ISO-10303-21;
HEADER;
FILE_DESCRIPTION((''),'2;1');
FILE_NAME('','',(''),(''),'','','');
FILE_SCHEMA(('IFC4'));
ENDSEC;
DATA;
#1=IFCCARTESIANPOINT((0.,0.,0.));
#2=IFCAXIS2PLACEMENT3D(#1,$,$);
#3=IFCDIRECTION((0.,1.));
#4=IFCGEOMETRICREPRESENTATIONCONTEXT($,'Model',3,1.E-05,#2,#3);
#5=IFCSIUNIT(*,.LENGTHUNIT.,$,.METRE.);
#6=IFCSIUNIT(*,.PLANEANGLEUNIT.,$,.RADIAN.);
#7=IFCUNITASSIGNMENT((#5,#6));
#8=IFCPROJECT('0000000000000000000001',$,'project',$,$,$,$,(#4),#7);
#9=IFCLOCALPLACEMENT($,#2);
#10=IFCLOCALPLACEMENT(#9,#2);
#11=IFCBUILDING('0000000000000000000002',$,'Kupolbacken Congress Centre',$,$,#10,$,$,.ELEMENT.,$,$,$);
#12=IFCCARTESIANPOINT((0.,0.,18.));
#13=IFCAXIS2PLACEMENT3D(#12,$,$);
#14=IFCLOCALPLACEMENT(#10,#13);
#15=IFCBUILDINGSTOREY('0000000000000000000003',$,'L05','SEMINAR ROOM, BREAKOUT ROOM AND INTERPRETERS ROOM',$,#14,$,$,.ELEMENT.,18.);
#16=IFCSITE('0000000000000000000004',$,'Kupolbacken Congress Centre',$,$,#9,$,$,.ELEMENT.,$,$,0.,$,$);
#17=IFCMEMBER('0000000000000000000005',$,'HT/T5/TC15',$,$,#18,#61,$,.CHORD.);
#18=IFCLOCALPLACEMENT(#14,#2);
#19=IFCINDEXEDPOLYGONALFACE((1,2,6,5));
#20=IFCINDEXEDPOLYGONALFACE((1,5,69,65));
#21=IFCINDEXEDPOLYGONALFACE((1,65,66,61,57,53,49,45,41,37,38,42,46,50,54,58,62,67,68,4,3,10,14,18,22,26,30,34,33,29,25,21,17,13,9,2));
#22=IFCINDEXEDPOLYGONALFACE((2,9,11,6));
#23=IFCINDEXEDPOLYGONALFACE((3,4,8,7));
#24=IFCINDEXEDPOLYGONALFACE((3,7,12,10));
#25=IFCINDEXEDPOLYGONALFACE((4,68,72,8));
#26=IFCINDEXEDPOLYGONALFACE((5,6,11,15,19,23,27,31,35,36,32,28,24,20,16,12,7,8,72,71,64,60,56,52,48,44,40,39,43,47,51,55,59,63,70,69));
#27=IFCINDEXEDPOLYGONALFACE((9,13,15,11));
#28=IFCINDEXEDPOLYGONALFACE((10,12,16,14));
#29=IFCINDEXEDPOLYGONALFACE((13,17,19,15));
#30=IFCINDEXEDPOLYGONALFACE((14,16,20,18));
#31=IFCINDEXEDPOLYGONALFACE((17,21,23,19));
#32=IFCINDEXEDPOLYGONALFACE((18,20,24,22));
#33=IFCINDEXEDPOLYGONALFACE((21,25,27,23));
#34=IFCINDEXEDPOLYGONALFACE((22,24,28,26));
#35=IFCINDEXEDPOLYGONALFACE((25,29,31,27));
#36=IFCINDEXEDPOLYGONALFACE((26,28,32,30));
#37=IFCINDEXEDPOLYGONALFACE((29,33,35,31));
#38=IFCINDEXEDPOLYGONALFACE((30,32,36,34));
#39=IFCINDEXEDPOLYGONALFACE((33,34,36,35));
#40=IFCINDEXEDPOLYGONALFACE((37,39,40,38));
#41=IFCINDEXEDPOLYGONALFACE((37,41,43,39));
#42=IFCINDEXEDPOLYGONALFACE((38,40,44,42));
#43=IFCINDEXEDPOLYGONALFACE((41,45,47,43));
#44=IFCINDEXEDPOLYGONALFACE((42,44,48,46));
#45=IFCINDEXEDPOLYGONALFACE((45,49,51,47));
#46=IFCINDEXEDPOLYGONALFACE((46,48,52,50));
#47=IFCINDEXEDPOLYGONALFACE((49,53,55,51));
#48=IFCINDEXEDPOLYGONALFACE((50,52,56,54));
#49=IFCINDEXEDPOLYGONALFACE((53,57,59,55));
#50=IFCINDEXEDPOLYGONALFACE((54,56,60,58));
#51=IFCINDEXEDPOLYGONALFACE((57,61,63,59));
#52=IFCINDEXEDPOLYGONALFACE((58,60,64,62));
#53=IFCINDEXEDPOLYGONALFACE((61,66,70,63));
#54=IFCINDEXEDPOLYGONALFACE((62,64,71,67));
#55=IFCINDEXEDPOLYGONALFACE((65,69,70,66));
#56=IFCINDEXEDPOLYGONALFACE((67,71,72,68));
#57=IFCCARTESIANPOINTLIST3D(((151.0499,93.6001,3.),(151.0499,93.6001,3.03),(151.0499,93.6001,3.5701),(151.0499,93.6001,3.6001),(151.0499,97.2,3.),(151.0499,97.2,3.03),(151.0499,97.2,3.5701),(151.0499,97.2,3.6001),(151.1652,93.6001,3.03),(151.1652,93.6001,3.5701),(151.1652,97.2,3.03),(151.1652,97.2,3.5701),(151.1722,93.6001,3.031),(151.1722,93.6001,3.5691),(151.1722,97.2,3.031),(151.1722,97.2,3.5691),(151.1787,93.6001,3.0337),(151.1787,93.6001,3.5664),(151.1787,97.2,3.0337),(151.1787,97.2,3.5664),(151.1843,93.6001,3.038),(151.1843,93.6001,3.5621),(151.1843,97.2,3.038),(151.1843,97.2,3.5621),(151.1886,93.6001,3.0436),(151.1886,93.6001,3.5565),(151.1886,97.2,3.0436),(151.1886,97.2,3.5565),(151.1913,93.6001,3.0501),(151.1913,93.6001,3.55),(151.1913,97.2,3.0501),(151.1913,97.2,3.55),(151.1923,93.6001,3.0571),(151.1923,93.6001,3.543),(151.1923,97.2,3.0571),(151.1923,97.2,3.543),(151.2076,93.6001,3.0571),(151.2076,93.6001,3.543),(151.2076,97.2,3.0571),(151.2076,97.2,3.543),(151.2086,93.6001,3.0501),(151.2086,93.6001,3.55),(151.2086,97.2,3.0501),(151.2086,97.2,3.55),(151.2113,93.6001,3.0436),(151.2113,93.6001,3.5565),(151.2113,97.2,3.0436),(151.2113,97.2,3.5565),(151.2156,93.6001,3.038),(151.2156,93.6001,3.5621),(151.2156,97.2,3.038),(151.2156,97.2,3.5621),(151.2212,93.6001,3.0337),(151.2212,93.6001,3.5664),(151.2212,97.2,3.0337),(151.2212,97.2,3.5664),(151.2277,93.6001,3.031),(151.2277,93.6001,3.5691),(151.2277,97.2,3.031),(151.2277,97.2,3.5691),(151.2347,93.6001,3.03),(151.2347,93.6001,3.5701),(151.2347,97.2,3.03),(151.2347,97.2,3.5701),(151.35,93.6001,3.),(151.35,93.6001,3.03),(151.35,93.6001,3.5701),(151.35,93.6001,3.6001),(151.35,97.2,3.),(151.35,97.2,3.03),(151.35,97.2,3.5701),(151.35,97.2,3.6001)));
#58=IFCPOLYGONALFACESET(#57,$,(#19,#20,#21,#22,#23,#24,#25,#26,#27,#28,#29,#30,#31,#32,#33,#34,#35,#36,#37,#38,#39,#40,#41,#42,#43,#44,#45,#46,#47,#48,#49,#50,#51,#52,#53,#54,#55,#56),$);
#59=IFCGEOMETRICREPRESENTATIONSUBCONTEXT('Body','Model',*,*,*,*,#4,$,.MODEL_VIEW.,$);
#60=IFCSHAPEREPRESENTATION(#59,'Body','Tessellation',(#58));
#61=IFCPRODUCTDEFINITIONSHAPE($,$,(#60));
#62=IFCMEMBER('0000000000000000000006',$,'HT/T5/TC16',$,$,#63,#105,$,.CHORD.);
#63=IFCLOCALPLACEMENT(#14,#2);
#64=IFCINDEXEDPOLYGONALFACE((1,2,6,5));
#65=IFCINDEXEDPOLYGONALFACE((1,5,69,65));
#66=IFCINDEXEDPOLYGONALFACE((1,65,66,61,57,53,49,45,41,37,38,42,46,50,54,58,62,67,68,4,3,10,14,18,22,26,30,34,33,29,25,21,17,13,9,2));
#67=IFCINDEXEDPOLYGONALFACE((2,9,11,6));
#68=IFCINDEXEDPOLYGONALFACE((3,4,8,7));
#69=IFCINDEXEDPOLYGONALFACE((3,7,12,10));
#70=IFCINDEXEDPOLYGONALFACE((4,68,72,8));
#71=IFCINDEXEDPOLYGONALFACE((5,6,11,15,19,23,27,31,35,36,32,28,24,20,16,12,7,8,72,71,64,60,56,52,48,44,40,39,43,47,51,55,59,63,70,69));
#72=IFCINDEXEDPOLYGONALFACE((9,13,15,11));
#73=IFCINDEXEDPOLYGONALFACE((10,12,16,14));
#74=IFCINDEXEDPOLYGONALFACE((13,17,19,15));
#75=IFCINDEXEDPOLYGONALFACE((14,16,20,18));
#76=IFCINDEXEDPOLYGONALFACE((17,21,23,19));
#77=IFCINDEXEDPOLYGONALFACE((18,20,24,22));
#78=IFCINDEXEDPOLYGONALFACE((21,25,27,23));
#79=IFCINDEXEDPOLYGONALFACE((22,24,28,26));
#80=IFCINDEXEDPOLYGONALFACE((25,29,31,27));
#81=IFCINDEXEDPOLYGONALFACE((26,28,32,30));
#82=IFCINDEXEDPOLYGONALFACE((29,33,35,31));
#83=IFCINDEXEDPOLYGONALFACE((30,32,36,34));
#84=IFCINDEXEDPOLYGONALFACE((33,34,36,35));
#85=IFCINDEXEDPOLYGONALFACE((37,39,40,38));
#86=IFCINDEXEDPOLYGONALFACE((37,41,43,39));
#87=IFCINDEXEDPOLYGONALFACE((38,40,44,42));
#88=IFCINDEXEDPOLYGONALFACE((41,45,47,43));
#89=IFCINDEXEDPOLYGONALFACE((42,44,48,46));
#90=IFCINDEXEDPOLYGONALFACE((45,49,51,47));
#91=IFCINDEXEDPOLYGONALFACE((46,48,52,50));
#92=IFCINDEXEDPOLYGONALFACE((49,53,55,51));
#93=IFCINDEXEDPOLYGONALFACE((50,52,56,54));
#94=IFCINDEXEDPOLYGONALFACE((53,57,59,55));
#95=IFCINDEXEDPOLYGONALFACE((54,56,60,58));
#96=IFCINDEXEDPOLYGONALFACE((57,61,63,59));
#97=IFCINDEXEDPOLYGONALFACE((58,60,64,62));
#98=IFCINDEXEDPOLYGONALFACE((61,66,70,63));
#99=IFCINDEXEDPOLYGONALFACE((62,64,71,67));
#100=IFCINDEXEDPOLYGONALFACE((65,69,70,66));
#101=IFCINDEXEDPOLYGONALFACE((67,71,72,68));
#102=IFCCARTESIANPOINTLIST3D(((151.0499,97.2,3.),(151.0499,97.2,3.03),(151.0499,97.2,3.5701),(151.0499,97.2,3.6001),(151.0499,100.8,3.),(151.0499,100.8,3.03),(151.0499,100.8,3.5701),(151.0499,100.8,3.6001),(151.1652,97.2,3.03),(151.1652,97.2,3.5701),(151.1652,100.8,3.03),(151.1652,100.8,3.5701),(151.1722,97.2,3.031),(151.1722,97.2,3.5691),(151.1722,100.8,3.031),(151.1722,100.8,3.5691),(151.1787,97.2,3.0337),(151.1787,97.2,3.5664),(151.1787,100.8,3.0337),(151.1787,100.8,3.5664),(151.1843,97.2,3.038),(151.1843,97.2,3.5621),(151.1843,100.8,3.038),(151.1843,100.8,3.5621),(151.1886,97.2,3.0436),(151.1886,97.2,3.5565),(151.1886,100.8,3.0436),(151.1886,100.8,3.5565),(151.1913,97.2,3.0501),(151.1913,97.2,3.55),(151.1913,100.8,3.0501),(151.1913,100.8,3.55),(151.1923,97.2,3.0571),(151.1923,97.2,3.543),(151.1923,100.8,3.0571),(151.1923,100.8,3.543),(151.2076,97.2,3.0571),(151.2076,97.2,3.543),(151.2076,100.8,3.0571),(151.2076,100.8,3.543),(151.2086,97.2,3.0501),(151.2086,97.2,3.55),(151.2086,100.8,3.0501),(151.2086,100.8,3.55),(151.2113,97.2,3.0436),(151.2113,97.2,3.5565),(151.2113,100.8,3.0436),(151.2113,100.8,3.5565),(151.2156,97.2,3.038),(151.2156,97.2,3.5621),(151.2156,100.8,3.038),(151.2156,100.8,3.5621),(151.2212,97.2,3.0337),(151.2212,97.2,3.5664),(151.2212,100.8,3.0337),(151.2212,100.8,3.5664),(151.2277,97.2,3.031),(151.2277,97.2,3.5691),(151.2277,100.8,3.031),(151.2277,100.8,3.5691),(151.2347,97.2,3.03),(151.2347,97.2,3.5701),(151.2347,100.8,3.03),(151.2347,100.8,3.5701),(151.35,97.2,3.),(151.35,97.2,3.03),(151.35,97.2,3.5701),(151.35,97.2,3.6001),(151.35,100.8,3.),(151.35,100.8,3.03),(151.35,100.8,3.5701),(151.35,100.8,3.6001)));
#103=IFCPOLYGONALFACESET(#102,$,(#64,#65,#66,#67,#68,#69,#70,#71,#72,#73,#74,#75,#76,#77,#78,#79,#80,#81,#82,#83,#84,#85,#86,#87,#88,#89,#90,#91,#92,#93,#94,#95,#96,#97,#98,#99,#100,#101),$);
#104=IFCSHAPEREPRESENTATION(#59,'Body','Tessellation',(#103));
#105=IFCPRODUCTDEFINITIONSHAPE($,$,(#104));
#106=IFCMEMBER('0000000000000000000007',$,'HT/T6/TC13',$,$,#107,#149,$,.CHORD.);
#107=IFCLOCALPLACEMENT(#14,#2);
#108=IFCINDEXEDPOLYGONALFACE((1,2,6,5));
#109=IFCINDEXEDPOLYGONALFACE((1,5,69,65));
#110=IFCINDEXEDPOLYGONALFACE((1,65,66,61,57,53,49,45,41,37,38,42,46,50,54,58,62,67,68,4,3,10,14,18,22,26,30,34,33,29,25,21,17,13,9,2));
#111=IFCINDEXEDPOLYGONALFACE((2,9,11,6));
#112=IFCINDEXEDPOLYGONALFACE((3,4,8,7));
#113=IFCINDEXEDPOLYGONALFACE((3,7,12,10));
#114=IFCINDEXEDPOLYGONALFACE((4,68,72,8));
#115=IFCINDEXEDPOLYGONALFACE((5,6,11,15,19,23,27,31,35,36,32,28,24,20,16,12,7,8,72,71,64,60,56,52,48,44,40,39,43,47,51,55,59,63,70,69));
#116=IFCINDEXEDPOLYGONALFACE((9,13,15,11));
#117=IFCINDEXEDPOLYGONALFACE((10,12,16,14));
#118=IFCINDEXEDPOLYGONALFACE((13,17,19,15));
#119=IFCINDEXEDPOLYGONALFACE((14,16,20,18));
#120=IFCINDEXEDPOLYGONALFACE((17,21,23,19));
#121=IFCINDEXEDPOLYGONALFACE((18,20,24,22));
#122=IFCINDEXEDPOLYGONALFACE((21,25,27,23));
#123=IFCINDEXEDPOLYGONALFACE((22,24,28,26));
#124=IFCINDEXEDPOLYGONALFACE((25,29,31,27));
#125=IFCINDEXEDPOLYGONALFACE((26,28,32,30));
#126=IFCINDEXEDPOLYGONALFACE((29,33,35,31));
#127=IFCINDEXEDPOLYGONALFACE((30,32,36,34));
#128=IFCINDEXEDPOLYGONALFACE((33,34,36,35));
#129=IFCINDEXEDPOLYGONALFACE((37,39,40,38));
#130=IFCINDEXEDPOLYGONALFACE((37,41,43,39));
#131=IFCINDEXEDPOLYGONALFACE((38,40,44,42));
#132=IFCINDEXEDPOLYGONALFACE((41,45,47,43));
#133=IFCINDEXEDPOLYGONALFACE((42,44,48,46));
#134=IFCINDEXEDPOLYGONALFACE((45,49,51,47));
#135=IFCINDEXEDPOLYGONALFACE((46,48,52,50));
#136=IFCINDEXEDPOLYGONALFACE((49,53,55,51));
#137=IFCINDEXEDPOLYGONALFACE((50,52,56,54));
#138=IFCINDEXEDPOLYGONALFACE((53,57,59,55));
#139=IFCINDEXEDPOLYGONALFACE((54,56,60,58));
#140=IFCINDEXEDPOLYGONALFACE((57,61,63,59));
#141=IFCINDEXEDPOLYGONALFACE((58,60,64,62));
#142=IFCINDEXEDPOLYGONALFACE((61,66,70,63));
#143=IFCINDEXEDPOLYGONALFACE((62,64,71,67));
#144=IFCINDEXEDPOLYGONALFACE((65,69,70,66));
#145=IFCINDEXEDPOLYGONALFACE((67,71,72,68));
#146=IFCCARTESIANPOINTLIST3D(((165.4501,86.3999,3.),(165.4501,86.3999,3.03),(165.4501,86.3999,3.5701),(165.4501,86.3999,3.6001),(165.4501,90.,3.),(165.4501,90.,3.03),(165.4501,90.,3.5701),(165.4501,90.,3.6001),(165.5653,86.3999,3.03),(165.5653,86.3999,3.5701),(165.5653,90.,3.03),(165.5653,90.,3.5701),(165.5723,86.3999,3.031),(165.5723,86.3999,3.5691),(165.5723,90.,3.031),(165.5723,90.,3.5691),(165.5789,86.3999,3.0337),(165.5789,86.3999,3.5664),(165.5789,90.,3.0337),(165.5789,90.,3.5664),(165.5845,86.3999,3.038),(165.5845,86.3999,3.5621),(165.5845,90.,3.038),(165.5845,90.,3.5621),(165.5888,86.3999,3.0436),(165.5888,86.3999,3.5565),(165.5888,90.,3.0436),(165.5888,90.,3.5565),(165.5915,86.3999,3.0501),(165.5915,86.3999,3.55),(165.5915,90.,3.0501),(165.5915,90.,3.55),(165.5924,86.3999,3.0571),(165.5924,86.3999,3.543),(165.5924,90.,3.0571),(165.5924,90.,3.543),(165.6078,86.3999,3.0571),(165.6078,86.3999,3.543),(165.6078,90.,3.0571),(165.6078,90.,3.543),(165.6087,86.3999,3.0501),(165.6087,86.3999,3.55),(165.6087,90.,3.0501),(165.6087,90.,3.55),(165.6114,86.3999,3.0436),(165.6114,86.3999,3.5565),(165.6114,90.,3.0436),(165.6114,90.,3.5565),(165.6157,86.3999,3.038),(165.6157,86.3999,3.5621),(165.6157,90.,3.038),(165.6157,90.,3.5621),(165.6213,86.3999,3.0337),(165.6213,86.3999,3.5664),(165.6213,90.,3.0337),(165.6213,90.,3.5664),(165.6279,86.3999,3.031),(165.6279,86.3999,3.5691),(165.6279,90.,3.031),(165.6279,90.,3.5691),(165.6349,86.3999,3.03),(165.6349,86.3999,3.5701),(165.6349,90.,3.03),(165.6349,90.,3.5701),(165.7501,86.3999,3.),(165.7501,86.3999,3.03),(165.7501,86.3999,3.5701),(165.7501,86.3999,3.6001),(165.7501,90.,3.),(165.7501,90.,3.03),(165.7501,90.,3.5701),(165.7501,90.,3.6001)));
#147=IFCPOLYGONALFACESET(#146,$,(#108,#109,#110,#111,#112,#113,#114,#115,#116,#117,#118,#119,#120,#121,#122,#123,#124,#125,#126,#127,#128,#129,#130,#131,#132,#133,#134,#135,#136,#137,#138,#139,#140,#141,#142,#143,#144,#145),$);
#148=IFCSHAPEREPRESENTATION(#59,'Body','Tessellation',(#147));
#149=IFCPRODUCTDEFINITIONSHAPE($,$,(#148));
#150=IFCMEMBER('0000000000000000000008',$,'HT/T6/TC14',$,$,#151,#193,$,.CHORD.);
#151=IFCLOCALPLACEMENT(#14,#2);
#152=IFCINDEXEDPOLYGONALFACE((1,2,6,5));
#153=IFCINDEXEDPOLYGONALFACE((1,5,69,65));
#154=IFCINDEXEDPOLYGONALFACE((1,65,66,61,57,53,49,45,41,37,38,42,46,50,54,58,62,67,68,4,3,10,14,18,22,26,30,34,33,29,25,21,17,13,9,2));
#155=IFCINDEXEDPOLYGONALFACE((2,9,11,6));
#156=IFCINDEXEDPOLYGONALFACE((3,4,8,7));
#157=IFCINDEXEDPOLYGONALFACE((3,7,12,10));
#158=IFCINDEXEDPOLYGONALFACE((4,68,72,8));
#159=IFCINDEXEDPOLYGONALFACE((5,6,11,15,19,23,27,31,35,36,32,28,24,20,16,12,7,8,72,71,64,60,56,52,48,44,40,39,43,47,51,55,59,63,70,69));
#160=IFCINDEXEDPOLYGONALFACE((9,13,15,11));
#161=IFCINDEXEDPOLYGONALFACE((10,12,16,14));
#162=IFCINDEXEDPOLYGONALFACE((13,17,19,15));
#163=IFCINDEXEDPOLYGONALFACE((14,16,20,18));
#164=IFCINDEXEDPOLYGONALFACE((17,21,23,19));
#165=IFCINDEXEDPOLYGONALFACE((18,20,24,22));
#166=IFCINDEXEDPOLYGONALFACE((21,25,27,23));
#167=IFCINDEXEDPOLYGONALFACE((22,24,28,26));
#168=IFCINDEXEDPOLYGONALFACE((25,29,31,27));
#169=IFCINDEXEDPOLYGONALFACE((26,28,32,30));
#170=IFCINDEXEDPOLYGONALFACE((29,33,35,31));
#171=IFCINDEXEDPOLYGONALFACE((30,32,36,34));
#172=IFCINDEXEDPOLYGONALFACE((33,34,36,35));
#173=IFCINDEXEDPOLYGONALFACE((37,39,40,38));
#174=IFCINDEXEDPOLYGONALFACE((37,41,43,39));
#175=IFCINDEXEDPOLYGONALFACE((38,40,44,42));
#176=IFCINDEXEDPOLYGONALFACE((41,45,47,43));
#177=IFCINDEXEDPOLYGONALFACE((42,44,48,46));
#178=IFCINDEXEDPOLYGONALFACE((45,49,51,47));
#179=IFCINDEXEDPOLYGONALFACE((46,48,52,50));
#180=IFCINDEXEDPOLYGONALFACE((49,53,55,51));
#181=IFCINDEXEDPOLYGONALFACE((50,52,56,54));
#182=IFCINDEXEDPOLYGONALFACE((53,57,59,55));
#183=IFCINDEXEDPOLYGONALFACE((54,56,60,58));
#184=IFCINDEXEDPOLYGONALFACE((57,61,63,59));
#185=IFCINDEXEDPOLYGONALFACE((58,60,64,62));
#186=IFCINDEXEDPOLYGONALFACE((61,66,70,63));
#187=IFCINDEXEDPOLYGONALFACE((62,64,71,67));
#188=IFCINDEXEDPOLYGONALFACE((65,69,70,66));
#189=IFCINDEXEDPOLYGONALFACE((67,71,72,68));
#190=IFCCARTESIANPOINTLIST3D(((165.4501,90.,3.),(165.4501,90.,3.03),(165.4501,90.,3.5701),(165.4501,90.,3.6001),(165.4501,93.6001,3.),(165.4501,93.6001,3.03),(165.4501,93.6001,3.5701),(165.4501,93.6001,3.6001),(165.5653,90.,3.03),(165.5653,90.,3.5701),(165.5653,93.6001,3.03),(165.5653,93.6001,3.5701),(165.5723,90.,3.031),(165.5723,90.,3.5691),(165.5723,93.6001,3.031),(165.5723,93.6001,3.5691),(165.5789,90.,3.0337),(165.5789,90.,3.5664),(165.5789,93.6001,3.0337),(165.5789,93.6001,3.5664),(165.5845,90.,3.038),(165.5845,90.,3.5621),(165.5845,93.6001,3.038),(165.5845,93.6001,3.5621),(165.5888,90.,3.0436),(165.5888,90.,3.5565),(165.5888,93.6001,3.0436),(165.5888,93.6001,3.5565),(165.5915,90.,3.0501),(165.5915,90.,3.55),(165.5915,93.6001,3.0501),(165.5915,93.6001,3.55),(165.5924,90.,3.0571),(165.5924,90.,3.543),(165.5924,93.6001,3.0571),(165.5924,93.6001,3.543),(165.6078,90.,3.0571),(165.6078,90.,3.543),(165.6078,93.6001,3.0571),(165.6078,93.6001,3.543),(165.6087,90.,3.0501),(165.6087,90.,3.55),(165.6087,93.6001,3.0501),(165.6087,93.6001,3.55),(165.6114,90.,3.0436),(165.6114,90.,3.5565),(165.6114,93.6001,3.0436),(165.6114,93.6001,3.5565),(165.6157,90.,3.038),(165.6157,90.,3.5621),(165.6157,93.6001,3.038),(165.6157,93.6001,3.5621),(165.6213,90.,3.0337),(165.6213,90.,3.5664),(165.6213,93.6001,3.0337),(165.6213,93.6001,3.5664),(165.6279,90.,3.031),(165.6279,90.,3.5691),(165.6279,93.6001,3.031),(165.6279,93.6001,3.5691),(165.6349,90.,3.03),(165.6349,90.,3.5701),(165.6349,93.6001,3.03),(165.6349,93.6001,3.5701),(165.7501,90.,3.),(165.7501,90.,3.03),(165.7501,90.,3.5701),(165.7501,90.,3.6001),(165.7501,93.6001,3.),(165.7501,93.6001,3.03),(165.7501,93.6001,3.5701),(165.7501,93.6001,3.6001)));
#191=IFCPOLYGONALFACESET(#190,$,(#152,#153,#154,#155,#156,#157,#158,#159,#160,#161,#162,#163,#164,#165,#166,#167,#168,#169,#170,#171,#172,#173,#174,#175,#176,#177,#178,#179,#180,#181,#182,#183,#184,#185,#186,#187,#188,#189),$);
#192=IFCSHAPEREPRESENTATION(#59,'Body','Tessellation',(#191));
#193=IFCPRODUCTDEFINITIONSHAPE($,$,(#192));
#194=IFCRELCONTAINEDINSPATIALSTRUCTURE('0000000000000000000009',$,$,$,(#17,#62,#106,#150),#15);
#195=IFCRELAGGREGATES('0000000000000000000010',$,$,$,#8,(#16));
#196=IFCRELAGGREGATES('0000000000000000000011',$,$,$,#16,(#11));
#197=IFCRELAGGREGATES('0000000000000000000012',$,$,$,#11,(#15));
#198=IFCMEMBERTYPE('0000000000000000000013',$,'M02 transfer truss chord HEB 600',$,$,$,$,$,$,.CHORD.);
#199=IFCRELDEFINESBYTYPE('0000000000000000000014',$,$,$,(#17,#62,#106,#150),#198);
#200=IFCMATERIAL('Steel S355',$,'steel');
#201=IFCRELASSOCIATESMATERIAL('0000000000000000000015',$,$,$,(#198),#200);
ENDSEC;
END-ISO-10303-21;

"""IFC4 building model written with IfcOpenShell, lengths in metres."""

from ifc_helpers import new_model, si_unit, direction, frame, origin, origin_2d, place, context, subcontext, project, spatial, i_section, extrude, material, material_profile, profile_set, type_object, element, save


model = new_model("IFC4")

# Units and contexts
model_context = context("Model", 3, precision=1e-05, world=origin(), true_north=direction((0.0, 1.0)))
body_context = subcontext(model_context, "Body", "Model", "MODEL_VIEW")
ifc_project = project(units=[si_unit("LENGTHUNIT", "METRE"), si_unit("PLANEANGLEUNIT", "RADIAN")], contexts=[model_context])

# Site, building, storey
site_placement = place(None, origin())
site = spatial("IfcSite", under=ifc_project, at=site_placement, Name="Kupolbacken Congress Centre", CompositionType="ELEMENT", RefElevation=0.0)
building_placement = place(site_placement, origin())
building = spatial("IfcBuilding", under=site, at=building_placement, Name="Kupolbacken Congress Centre", CompositionType="ELEMENT")
storey_placement = place(building_placement, frame((0.0, 0.0, 18.0)))
storey = spatial("IfcBuildingStorey", under=building, at=storey_placement, Name="L05", Description="SEMINAR ROOM, BREAKOUT ROOM AND INTERPRETERS ROOM", CompositionType="ELEMENT", Elevation=18.0)

# Members
ifc_material_1 = material(Name="Steel S355", Category="steel")
ifc_material_profile_1 = material_profile(ifc_material_1, i_section(OverallWidth=0.3, OverallDepth=0.6001, WebThickness=0.0154, FlangeThickness=0.03, FilletRadius=0.0271, at=origin_2d()), Name="HEB 600")
ifc_profile_set_1 = profile_set([ifc_material_profile_1], Name="Steel S355")
member_type_1 = type_object("IfcMemberType", Name="M02 transfer truss chord HEB 600", PredefinedType="CHORD", material=ifc_profile_set_1)
member_1_placement = place(storey_placement, frame((151.2, 93.6001, 3.3), z_axis=(0.0, 1.0, 0.0), x_axis=(-1.0, 0.0, 0.0)))
element("IfcMember", 1, at=member_1_placement, inside=storey, type_object=member_type_1, Name="HT/T5/TC15", PredefinedType="CHORD", context=body_context, shape_type="SweptSolid", body=[
    extrude(i_section(OverallWidth=0.3, OverallDepth=0.6001, WebThickness=0.0154, FlangeThickness=0.03, FilletRadius=0.0271, at=origin_2d()), origin(), (0.0, 0.0, 1.0), 3.5999),
])
for number, where, z_axis, x_axis, name in (
    (2, (151.2, 97.2, 3.3), (0.0, 1.0, 0.0), (-1.0, 0.0, 0.0), "HT/T5/TC16"),
    (3, (165.6001, 86.3999, 3.3), (0.0, 1.0, 0.0), (-1.0, 0.0, 0.0), "HT/T6/TC13"),
    (4, (165.6001, 90.0, 3.3), (0.0, 1.0, 0.0), (-1.0, 0.0, 0.0), "HT/T6/TC14"),
):
    element("IfcMember", number, at=place(storey_placement, frame(where, z_axis=z_axis, x_axis=x_axis)), inside=storey, type_object=member_type_1, Name=name, PredefinedType="CHORD", context=body_context, shape_type="SweptSolid", body=[
        extrude(i_section(OverallWidth=0.3, OverallDepth=0.6001, WebThickness=0.0154, FlangeThickness=0.03, FilletRadius=0.0271, at=origin_2d()), origin(), (0.0, 0.0, 1.0), 3.6001),
    ])

save(model, "model.ifc")
